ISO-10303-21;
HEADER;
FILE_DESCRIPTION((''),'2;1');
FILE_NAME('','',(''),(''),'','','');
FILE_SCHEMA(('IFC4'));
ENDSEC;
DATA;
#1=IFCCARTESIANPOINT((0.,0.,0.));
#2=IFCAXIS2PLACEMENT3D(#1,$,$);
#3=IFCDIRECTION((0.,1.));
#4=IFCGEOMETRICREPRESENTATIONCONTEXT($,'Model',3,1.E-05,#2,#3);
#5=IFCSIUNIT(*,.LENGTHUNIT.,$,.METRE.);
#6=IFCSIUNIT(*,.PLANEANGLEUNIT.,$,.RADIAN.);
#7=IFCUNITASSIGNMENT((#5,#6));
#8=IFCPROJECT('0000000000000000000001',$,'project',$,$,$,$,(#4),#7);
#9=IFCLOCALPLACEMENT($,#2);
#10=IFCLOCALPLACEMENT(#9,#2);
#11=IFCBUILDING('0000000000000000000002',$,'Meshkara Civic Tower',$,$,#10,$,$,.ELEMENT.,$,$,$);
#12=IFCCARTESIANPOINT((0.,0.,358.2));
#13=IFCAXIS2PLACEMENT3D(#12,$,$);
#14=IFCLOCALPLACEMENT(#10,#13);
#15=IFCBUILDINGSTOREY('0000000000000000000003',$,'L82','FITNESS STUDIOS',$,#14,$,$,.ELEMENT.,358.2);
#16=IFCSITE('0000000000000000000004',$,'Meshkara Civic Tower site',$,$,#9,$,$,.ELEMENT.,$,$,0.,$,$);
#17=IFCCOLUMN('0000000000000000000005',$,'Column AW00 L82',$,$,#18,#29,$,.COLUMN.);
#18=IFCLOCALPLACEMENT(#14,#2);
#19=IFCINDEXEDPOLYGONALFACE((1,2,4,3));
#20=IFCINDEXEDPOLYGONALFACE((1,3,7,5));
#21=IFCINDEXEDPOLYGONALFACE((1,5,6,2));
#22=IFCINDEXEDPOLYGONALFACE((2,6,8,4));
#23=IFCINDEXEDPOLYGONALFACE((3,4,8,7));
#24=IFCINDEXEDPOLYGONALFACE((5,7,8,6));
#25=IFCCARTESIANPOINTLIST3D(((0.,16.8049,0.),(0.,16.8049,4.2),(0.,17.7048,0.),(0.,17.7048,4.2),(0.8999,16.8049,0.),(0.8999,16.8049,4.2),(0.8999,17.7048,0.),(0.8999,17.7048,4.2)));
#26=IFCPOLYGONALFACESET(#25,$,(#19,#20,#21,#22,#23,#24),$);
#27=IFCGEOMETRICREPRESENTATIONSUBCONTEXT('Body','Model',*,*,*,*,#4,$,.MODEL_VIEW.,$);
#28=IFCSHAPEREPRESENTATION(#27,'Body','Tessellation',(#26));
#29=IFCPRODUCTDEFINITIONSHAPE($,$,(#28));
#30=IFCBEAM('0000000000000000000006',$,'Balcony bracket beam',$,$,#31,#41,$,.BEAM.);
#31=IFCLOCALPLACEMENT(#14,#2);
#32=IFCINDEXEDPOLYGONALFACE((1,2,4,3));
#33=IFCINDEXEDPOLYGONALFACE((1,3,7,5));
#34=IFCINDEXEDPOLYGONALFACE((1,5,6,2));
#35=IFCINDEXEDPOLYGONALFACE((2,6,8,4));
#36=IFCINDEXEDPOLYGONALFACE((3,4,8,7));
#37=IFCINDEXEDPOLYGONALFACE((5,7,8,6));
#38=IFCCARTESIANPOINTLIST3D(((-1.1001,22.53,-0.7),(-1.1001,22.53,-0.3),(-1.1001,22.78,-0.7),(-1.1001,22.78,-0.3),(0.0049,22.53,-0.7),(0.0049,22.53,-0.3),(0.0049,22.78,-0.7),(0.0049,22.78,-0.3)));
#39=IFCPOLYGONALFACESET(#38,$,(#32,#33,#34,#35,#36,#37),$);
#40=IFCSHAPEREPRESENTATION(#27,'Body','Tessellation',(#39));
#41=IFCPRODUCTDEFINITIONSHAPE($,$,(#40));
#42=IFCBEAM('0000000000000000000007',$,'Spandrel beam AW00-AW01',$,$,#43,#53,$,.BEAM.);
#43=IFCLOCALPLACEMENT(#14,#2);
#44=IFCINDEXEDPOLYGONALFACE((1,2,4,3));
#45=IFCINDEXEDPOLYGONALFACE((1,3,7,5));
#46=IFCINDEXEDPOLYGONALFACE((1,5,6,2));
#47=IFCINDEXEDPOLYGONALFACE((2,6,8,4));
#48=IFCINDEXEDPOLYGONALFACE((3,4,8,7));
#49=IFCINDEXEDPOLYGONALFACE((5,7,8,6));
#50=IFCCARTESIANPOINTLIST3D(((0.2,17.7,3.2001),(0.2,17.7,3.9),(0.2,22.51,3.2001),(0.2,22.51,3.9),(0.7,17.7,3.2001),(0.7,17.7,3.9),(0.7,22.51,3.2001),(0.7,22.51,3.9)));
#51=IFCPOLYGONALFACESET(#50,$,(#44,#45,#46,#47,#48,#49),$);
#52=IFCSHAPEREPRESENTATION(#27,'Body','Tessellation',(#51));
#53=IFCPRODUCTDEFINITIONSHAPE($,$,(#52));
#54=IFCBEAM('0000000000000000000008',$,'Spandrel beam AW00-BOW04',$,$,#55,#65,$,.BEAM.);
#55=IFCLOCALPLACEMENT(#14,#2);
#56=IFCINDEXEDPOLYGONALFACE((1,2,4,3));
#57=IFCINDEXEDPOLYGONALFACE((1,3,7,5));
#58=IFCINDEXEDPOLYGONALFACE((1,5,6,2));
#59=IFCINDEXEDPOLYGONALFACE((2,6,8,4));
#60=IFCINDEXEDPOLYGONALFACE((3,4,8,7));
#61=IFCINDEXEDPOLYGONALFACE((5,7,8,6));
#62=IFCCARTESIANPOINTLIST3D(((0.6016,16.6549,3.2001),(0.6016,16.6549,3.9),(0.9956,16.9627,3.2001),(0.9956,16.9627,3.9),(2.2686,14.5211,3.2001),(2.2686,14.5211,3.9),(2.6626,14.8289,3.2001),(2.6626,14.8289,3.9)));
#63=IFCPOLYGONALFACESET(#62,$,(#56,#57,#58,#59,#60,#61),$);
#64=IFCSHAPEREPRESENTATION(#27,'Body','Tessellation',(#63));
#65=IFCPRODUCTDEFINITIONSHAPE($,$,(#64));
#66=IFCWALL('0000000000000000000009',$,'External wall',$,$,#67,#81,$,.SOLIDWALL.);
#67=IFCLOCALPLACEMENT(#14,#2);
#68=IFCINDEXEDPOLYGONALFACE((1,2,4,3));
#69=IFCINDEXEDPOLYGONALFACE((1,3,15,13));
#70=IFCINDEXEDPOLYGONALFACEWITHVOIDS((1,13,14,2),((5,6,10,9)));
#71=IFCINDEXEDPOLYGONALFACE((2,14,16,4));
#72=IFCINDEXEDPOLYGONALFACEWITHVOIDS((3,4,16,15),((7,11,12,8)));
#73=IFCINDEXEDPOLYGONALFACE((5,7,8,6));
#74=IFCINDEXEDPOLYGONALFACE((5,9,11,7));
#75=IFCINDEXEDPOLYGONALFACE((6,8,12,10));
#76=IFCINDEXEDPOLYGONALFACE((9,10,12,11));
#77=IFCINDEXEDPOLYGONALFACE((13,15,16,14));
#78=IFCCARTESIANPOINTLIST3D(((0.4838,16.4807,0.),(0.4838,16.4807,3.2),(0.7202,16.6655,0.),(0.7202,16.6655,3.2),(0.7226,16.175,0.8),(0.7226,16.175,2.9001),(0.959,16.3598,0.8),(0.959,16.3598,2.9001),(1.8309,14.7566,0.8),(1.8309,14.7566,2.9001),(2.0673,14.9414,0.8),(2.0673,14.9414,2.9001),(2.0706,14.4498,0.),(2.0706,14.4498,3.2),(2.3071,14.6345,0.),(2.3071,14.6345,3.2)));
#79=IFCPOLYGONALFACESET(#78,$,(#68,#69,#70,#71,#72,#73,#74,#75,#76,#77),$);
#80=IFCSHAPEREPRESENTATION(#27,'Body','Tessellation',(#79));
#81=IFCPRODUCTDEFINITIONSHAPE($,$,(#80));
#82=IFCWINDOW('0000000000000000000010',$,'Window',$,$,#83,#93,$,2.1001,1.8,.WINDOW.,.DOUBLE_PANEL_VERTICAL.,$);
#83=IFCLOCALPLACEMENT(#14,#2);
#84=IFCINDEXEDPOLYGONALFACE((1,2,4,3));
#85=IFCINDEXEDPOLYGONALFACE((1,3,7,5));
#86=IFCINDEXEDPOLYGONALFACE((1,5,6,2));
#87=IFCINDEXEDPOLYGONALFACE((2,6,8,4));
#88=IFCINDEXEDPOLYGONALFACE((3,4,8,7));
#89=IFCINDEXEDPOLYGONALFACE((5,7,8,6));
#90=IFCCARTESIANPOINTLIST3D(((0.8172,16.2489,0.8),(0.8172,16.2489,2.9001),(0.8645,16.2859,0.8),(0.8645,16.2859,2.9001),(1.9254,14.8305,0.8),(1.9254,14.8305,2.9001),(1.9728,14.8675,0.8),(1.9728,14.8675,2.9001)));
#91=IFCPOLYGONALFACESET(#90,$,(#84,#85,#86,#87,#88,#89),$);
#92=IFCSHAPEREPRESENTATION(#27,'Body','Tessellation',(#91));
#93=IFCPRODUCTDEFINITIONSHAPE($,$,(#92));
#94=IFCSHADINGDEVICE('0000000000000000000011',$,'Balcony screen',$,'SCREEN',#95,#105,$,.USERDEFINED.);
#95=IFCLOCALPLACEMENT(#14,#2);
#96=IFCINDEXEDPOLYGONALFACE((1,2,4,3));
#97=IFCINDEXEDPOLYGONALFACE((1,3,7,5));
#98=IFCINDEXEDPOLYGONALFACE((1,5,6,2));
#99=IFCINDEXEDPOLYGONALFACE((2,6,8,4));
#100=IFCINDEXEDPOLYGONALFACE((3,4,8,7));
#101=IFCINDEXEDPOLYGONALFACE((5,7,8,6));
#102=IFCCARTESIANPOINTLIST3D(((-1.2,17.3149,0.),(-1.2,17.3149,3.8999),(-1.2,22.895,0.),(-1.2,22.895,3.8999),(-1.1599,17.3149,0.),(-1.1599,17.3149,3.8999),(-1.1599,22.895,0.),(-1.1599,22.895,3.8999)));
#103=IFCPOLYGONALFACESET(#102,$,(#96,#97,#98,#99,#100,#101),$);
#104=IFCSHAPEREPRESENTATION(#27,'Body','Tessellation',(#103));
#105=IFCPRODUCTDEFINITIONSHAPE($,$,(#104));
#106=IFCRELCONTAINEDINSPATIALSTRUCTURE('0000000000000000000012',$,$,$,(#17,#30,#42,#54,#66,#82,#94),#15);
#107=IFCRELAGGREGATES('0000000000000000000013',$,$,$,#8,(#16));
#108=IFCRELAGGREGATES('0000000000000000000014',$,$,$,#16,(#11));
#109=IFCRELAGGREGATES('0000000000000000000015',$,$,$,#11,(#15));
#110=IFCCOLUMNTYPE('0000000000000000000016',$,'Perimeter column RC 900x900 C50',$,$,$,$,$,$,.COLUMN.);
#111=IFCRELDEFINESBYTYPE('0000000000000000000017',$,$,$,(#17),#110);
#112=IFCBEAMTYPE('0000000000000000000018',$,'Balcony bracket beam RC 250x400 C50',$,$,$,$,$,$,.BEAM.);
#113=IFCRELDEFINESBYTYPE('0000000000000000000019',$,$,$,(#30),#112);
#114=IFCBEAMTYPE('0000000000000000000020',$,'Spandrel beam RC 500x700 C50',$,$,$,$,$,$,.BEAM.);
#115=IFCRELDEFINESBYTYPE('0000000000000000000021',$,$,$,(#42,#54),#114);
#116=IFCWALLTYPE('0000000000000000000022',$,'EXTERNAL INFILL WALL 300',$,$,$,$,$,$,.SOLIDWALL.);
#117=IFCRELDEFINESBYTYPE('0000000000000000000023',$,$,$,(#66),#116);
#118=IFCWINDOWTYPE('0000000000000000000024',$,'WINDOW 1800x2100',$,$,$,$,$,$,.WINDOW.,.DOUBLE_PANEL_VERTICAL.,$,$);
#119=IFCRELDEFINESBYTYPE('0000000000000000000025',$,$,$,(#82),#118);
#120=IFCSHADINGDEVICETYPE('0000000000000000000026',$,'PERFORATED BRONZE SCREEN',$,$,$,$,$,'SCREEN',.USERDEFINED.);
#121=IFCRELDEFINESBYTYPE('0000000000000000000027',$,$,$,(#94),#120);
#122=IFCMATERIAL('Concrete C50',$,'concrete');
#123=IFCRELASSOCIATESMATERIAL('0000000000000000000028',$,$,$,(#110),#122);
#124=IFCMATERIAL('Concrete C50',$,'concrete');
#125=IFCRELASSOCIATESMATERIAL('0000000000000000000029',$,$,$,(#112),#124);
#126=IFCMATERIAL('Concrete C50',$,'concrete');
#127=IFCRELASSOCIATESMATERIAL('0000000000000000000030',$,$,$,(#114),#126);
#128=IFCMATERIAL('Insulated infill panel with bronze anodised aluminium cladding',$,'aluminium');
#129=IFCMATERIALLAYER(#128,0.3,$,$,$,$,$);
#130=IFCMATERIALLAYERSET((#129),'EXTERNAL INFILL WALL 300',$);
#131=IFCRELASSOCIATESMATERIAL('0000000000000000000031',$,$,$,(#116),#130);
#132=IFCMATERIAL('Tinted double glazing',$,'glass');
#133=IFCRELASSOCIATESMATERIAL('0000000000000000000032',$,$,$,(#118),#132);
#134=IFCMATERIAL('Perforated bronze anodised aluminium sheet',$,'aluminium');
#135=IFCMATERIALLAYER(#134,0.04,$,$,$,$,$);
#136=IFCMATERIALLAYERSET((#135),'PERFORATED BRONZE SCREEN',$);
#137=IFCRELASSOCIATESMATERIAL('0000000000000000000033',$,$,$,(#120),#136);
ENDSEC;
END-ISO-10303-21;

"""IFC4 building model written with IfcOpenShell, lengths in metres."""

from ifc_helpers import new_model, si_unit, direction, frame, frame_2d, origin, origin_2d, place, context, subcontext, project, spatial, rectangle, extrude, material, layer, layer_set, material_profile, profile_set, type_object, element, fill, save


model = new_model("IFC4")

# Units and contexts
model_context = context("Model", 3, precision=1e-05, world=origin(), true_north=direction((0.0, 1.0)))
body_context = subcontext(model_context, "Body", "Model", "MODEL_VIEW")
ifc_project = project(units=[si_unit("LENGTHUNIT", "METRE"), si_unit("PLANEANGLEUNIT", "RADIAN")], contexts=[model_context])

# Site, building, storey
site_placement = place(None, origin())
site = spatial("IfcSite", under=ifc_project, at=site_placement, Name="Meshkara Civic Tower site", CompositionType="ELEMENT", RefElevation=0.0)
building_placement = place(site_placement, origin())
building = spatial("IfcBuilding", under=site, at=building_placement, Name="Meshkara Civic Tower", CompositionType="ELEMENT")
storey_placement = place(building_placement, frame((0.0, 0.0, 358.2)))
storey = spatial("IfcBuildingStorey", under=building, at=storey_placement, Name="L82", Description="FITNESS STUDIOS", CompositionType="ELEMENT", Elevation=358.2)

# Column
ifc_material_1 = material(Name="Concrete C50", Category="concrete")
ifc_material_profile_1 = material_profile(ifc_material_1, rectangle(XDim=0.8999, YDim=0.8999, at=origin_2d()))
ifc_profile_set_1 = profile_set([ifc_material_profile_1], Name="Concrete C50")
column_type = type_object("IfcColumnType", Name="Perimeter column RC 900x900 C50", PredefinedType="COLUMN", material=ifc_profile_set_1)
column_placement = place(storey_placement, frame((0.45, 17.2549, 0.0), z_axis=(0.0, 0.0, 1.0), x_axis=(1.0, 0.0, 0.0)))
element("IfcColumn", 1, at=column_placement, inside=storey, type_object=column_type, Name="Column AW00 L82", PredefinedType="COLUMN", context=body_context, shape_type="SweptSolid", body=[
    extrude(rectangle(XDim=0.8999, YDim=0.8999, at=origin_2d()), origin(), (0.0, 0.0, 1.0), 4.2),
])

# Beams
ifc_material_2 = material(Name="Concrete C50", Category="concrete")
ifc_material_profile_2 = material_profile(ifc_material_2, rectangle(XDim=0.25, YDim=0.3999, at=origin_2d()))
ifc_profile_set_2 = profile_set([ifc_material_profile_2], Name="Concrete C50")
beam_type_1 = type_object("IfcBeamType", Name="Balcony bracket beam RC 250x400 C50", PredefinedType="BEAM", material=ifc_profile_set_2)
beam_1_placement = place(storey_placement, frame((0.0049, 22.655, -0.5), z_axis=(-1.0, 0.0, 0.0), x_axis=(0.0, -1.0, 0.0)))
element("IfcBeam", 2, at=beam_1_placement, inside=storey, type_object=beam_type_1, Name="Balcony bracket beam", PredefinedType="BEAM", context=body_context, shape_type="SweptSolid", body=[
    extrude(rectangle(XDim=0.25, YDim=0.3999, at=origin_2d()), origin(), (0.0, 0.0, 1.0), 1.105),
])
ifc_material_3 = material(Name="Concrete C50", Category="concrete")
ifc_material_profile_3 = material_profile(ifc_material_3, rectangle(XDim=0.5, YDim=0.7, at=origin_2d()))
ifc_profile_set_3 = profile_set([ifc_material_profile_3], Name="Concrete C50")
beam_type_2 = type_object("IfcBeamType", Name="Spandrel beam RC 500x700 C50", PredefinedType="BEAM", material=ifc_profile_set_3)
beam_2_placement = place(storey_placement, frame((0.45, 22.51, 3.55), z_axis=(0.0, -1.0, 0.0), x_axis=(1.0, 0.0, 0.0)))
element("IfcBeam", 3, at=beam_2_placement, inside=storey, type_object=beam_type_2, Name="Spandrel beam AW00-AW01", PredefinedType="BEAM", context=body_context, shape_type="SweptSolid", body=[
    extrude(rectangle(XDim=0.5, YDim=0.7, at=origin_2d()), origin(), (0.0, 0.0, 1.0), 4.8101),
])
beam_3_placement = place(storey_placement, frame((0.7986, 16.8088, 3.55), z_axis=(0.615637, -0.78803, 0.0), x_axis=(0.78803, 0.615637, 0.0)))
element("IfcBeam", 4, at=beam_3_placement, inside=storey, type_object=beam_type_2, Name="Spandrel beam AW00-BOW04", PredefinedType="BEAM", context=body_context, shape_type="SweptSolid", body=[
    extrude(rectangle(XDim=0.5, YDim=0.7, at=origin_2d()), origin(), (0.0, 0.0, 1.0), 2.7078),
])

# Wall, opening, window
ifc_material_4 = material(Name="Insulated infill panel with bronze anodised aluminium cladding", Category="aluminium")
ifc_layer_1 = layer(ifc_material_4, 0.3)
ifc_layer_set_1 = layer_set([ifc_layer_1], Name="EXTERNAL INFILL WALL 300")
wall_type_1 = type_object("IfcWallType", Name="EXTERNAL INFILL WALL 300", PredefinedType="SOLIDWALL", material=ifc_layer_set_1)
wall_1_placement = place(storey_placement, frame((0.6021, 16.573, 0.0), z_axis=(0.0, 0.0, 1.0), x_axis=(0.61569, -0.787988, 0.0)))
wall_1 = element("IfcWall", 5, at=wall_1_placement, inside=storey, type_object=wall_type_1, Name="External wall", PredefinedType="SOLIDWALL", context=body_context, shape_type="SweptSolid", body=[
    extrude(rectangle(XDim=2.5774, YDim=0.3, at=frame_2d((1.2886, 0.0))), origin(), (0.0, 0.0, 1.0), 3.2),
])
opening_1_placement = place(wall_1_placement, frame((0.3879, 0.0, 0.8)))
opening_1 = element("IfcOpeningElement", 6, at=opening_1_placement, cuts=wall_1, PredefinedType="OPENING", context=body_context, shape_type="SweptSolid", body=[
    extrude(rectangle(XDim=1.8, YDim=2.1001, at=frame_2d((0.8999, 1.05))), frame((0.0, 0.1599, 0.0), z_axis=(0.0, -1.0, 0.0), x_axis=(1.0, 0.0, 0.0)), (0.0, 0.0, 1.0), 0.3201),
])
ifc_material_5 = material(Name="Tinted double glazing", Category="glass")
window_type = type_object("IfcWindowType", Name="WINDOW 1800x2100", PartitioningType="DOUBLE_PANEL_VERTICAL", PredefinedType="WINDOW", material=ifc_material_5)
window_placement = place(opening_1_placement, origin())
window = element("IfcWindow", 7, at=window_placement, inside=storey, type_object=window_type, Name="Window", OverallHeight=2.1001, OverallWidth=1.8, PartitioningType="DOUBLE_PANEL_VERTICAL", PredefinedType="WINDOW", context=body_context, shape_type="SweptSolid", body=[
    extrude(rectangle(XDim=1.8, YDim=2.1001, at=frame_2d((0.8999, 1.05))), frame((0.0, 0.03, 0.0), z_axis=(0.0, -1.0, 0.0), x_axis=(1.0, 0.0, 0.0)), (0.0, 0.0, 1.0), 0.0601),
])
fill(opening_1, window)

# Shading device
ifc_material_6 = material(Name="Perforated bronze anodised aluminium sheet", Category="aluminium")
ifc_layer_2 = layer(ifc_material_6, 0.04)
ifc_layer_set_2 = layer_set([ifc_layer_2], Name="PERFORATED BRONZE SCREEN")
shading_device_type = type_object("IfcShadingDeviceType", Name="PERFORATED BRONZE SCREEN", ElementType="SCREEN", PredefinedType="USERDEFINED", material=ifc_layer_set_2)
shading_device_placement = place(storey_placement, frame((-1.1799, 20.105, 0.0), z_axis=(0.0, 0.0, 1.0), x_axis=(0.0, -1.0, 0.0)))
element("IfcShadingDevice", 8, at=shading_device_placement, inside=storey, type_object=shading_device_type, Name="Balcony screen", ObjectType="SCREEN", PredefinedType="USERDEFINED", context=body_context, shape_type="SweptSolid", body=[
    extrude(rectangle(XDim=5.5801, YDim=0.04, at=origin_2d()), origin(), (0.0, 0.0, 1.0), 3.8999),
])

save(model, "model.ifc")
